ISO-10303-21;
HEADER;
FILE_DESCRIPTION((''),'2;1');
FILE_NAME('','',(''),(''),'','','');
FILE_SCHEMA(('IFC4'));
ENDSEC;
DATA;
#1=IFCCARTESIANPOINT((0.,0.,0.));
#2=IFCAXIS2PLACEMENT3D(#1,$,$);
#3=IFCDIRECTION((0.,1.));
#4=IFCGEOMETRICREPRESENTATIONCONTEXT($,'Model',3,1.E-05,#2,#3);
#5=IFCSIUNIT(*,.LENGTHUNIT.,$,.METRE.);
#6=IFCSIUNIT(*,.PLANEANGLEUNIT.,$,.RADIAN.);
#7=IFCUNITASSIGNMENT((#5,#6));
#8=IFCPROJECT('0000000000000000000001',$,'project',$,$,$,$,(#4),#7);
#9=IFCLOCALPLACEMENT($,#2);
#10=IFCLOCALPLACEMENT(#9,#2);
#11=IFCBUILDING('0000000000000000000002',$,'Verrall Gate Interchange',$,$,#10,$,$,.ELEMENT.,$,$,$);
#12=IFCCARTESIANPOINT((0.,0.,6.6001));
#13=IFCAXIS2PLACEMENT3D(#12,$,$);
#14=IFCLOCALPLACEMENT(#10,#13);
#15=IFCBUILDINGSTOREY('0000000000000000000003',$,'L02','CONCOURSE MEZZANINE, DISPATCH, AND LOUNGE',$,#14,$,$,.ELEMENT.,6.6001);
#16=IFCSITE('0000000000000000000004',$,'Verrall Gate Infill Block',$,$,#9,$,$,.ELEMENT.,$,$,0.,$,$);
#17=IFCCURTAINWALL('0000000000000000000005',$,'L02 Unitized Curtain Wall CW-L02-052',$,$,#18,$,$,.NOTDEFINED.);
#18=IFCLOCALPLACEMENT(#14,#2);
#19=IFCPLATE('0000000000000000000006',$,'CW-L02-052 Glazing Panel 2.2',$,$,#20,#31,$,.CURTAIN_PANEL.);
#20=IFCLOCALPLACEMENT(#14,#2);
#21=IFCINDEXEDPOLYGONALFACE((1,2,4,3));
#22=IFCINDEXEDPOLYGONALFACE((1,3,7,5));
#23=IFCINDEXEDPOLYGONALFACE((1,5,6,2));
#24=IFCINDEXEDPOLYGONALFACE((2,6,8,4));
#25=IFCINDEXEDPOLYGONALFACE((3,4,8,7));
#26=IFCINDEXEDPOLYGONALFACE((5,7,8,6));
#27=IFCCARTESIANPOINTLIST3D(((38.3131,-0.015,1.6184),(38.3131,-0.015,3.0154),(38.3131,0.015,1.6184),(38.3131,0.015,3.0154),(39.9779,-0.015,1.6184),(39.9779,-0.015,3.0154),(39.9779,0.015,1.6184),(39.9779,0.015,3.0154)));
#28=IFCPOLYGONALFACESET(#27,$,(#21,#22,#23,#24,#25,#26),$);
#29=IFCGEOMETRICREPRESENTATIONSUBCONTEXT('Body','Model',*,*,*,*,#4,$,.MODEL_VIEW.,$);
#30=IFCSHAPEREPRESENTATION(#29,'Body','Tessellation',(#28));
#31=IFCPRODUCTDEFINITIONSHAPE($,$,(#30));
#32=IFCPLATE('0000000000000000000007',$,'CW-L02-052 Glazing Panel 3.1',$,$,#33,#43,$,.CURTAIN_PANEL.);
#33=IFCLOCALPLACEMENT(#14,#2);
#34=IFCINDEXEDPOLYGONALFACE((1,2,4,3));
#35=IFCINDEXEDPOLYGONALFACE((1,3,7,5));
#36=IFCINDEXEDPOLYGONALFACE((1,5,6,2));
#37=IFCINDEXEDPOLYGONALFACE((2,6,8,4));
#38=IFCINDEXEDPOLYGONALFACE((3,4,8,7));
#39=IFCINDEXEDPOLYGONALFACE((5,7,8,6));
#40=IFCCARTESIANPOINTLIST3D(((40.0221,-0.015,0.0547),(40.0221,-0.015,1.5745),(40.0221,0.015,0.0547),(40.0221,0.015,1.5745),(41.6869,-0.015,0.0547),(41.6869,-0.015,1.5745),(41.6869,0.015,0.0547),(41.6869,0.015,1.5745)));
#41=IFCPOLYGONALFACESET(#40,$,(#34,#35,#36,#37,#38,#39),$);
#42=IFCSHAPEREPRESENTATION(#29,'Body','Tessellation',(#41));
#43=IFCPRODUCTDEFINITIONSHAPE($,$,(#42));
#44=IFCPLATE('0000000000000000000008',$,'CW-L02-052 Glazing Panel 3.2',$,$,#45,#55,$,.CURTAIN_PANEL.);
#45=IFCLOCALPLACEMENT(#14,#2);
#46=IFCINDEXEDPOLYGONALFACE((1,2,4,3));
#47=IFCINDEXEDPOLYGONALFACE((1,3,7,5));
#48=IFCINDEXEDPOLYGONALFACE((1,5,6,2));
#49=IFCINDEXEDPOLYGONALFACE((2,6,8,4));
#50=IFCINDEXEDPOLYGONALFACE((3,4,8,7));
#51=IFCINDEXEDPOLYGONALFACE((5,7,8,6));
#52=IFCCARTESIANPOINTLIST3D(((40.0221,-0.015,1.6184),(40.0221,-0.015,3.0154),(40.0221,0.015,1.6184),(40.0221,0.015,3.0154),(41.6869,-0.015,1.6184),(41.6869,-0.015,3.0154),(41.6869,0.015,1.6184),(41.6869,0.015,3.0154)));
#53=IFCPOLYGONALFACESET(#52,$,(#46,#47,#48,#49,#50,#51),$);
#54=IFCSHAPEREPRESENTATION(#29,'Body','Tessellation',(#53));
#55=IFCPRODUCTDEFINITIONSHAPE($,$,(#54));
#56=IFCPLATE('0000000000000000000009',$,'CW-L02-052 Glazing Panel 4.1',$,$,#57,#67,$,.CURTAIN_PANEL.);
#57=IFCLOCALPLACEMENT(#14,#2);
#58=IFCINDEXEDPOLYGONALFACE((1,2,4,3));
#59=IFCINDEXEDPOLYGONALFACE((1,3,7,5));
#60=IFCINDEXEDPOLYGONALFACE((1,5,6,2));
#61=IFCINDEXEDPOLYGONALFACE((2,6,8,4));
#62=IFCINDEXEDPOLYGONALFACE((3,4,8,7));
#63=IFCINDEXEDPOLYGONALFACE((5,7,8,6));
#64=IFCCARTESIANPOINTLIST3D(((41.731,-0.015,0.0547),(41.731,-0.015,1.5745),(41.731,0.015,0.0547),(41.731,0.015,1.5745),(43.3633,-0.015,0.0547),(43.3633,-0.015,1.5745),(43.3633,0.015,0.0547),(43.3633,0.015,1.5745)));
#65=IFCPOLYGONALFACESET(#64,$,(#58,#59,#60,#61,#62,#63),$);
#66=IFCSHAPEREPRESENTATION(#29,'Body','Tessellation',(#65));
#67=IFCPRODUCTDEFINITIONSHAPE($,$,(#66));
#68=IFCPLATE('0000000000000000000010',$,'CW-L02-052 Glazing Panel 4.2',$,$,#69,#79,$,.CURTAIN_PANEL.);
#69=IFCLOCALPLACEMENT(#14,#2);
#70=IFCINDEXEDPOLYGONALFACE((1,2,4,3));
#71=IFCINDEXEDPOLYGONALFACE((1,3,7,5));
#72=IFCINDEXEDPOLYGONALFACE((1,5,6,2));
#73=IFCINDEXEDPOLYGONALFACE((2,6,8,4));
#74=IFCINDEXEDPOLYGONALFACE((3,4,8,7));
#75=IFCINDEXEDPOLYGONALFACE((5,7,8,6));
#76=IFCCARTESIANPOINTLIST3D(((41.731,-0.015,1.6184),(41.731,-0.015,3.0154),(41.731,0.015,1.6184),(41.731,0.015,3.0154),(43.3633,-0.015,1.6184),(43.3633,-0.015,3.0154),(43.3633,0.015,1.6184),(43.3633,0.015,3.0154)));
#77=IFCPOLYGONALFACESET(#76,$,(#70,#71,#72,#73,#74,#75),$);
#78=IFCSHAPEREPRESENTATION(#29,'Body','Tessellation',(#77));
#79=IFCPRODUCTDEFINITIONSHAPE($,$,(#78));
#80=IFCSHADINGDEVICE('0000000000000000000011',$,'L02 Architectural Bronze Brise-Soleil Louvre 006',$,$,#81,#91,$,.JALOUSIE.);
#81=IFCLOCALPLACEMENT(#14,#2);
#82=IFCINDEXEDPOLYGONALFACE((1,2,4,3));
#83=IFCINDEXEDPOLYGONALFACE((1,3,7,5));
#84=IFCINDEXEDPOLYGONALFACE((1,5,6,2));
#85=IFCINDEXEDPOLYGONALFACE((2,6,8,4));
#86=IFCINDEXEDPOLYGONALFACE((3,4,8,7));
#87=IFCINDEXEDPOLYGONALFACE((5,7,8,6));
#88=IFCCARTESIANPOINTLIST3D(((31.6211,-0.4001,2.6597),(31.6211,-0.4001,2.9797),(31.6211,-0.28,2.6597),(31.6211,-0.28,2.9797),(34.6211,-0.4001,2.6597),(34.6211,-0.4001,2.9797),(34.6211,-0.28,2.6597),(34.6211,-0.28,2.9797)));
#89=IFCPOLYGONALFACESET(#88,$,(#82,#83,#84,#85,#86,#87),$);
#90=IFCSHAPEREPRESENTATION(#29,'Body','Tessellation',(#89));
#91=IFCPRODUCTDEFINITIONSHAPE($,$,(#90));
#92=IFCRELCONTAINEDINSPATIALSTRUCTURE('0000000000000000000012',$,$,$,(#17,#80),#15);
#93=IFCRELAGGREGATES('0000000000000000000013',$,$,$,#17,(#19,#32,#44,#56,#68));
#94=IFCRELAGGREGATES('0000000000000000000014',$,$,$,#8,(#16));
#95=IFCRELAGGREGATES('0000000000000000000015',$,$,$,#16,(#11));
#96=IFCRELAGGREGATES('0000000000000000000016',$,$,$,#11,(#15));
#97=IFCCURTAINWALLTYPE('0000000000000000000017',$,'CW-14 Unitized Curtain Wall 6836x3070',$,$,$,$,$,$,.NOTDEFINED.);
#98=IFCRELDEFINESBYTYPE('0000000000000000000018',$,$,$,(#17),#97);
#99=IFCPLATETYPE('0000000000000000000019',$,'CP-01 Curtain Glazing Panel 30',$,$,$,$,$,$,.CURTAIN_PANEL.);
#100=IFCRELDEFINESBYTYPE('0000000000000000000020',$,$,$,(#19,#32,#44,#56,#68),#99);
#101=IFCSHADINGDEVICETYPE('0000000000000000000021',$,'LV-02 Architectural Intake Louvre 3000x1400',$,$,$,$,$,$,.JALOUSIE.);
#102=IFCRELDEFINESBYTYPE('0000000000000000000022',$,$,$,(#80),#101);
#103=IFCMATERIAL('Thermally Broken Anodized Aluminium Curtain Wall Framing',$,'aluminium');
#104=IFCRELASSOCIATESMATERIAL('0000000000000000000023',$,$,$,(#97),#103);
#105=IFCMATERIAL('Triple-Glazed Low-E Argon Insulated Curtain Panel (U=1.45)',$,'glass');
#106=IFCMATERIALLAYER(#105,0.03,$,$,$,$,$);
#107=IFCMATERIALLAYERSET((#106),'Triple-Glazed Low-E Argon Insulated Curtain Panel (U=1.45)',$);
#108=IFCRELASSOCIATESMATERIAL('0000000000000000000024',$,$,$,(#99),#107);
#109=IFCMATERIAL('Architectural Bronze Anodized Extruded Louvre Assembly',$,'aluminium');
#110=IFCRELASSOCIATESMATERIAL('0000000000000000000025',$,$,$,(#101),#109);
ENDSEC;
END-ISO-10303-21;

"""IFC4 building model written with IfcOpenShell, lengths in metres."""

from ifc_helpers import new_model, si_unit, direction, frame, origin, origin_2d, place, context, subcontext, project, spatial, rectangle, extrude, material, layer, layer_set, type_object, element, aggregate, save


model = new_model("IFC4")

# Units and contexts
model_context = context("Model", 3, precision=1e-05, world=origin(), true_north=direction((0.0, 1.0)))
body_context = subcontext(model_context, "Body", "Model", "MODEL_VIEW")
ifc_project = project(units=[si_unit("LENGTHUNIT", "METRE"), si_unit("PLANEANGLEUNIT", "RADIAN")], contexts=[model_context])

# Site, building, storey
site_placement = place(None, origin())
site = spatial("IfcSite", under=ifc_project, at=site_placement, Name="Verrall Gate Infill Block", CompositionType="ELEMENT", RefElevation=0.0)
building_placement = place(site_placement, origin())
building = spatial("IfcBuilding", under=site, at=building_placement, Name="Verrall Gate Interchange", CompositionType="ELEMENT")
storey_placement = place(building_placement, frame((0.0, 0.0, 6.6001)))
storey = spatial("IfcBuildingStorey", under=building, at=storey_placement, Name="L02", Description="CONCOURSE MEZZANINE, DISPATCH, AND LOUNGE", CompositionType="ELEMENT", Elevation=6.6001)

# Curtain wall
ifc_material_1 = material(Name="Thermally Broken Anodized Aluminium Curtain Wall Framing", Category="aluminium")
curtain_wall_type = type_object("IfcCurtainWallType", Name="CW-14 Unitized Curtain Wall 6836x3070", PredefinedType="NOTDEFINED", material=ifc_material_1)
curtain_wall_1_placement = place(storey_placement, origin())
curtain_wall_1 = element("IfcCurtainWall", 1, at=curtain_wall_1_placement, inside=storey, type_object=curtain_wall_type, Name="L02 Unitized Curtain Wall CW-L02-052", PredefinedType="NOTDEFINED")

# Plates
ifc_material_2 = material(Name="Triple-Glazed Low-E Argon Insulated Curtain Panel (U=1.45)", Category="glass")
ifc_layer_1 = layer(ifc_material_2, 0.03)
ifc_layer_set_1 = layer_set([ifc_layer_1], Name="Triple-Glazed Low-E Argon Insulated Curtain Panel (U=1.45)")
plate_type_1 = type_object("IfcPlateType", Name="CP-01 Curtain Glazing Panel 30", PredefinedType="CURTAIN_PANEL", material=ifc_layer_set_1)
plate_1_placement = place(storey_placement, frame((39.1455, 0.0, 1.6184), z_axis=(0.0, 0.0, 1.0), x_axis=(1.0, 0.0, 0.0)))
plate_1 = element("IfcPlate", 2, at=plate_1_placement, type_object=plate_type_1, Name="CW-L02-052 Glazing Panel 2.2", PredefinedType="CURTAIN_PANEL", context=body_context, shape_type="SweptSolid", body=[
    extrude(rectangle(XDim=1.6648, YDim=0.03, at=origin_2d()), origin(), (0.0, 0.0, 1.0), 1.397),
])
plate_2_placement = place(storey_placement, frame((40.8545, 0.0, 0.0547), z_axis=(0.0, 0.0, 1.0), x_axis=(1.0, 0.0, 0.0)))
plate_2 = element("IfcPlate", 3, at=plate_2_placement, type_object=plate_type_1, Name="CW-L02-052 Glazing Panel 3.1", PredefinedType="CURTAIN_PANEL", context=body_context, shape_type="SweptSolid", body=[
    extrude(rectangle(XDim=1.6648, YDim=0.03, at=origin_2d()), origin(), (0.0, 0.0, 1.0), 1.5198),
])
plate_3_placement = place(storey_placement, frame((40.8545, 0.0, 1.6184), z_axis=(0.0, 0.0, 1.0), x_axis=(1.0, 0.0, 0.0)))
plate_3 = element("IfcPlate", 4, at=plate_3_placement, type_object=plate_type_1, Name="CW-L02-052 Glazing Panel 3.2", PredefinedType="CURTAIN_PANEL", context=body_context, shape_type="SweptSolid", body=[
    extrude(rectangle(XDim=1.6648, YDim=0.03, at=origin_2d()), origin(), (0.0, 0.0, 1.0), 1.397),
])
plate_4_placement = place(storey_placement, frame((42.5471, 0.0, 0.0547), z_axis=(0.0, 0.0, 1.0), x_axis=(1.0, 0.0, 0.0)))
plate_4 = element("IfcPlate", 5, at=plate_4_placement, type_object=plate_type_1, Name="CW-L02-052 Glazing Panel 4.1", PredefinedType="CURTAIN_PANEL", context=body_context, shape_type="SweptSolid", body=[
    extrude(rectangle(XDim=1.6323, YDim=0.03, at=origin_2d()), origin(), (0.0, 0.0, 1.0), 1.5198),
])
plate_5_placement = place(storey_placement, frame((42.5471, 0.0, 1.6184), z_axis=(0.0, 0.0, 1.0), x_axis=(1.0, 0.0, 0.0)))
plate_5 = element("IfcPlate", 6, at=plate_5_placement, type_object=plate_type_1, Name="CW-L02-052 Glazing Panel 4.2", PredefinedType="CURTAIN_PANEL", context=body_context, shape_type="SweptSolid", body=[
    extrude(rectangle(XDim=1.6323, YDim=0.03, at=origin_2d()), origin(), (0.0, 0.0, 1.0), 1.397),
])
aggregate(curtain_wall_1, [plate_1, plate_2, plate_3, plate_4, plate_5])

# Shading device
ifc_material_3 = material(Name="Architectural Bronze Anodized Extruded Louvre Assembly", Category="aluminium")
shading_device_type = type_object("IfcShadingDeviceType", Name="LV-02 Architectural Intake Louvre 3000x1400", PredefinedType="JALOUSIE", material=ifc_material_3)
shading_device_placement = place(storey_placement, frame((33.1211, -0.3401, 2.6597), z_axis=(0.0, 0.0, 1.0), x_axis=(1.0, 0.0, 0.0)))
element("IfcShadingDevice", 7, at=shading_device_placement, inside=storey, type_object=shading_device_type, Name="L02 Architectural Bronze Brise-Soleil Louvre 006", PredefinedType="JALOUSIE", context=body_context, shape_type="SweptSolid", body=[
    extrude(rectangle(XDim=3.0, YDim=0.1201, at=origin_2d()), origin(), (0.0, 0.0, 1.0), 0.3201),
])

save(model, "model.ifc")
